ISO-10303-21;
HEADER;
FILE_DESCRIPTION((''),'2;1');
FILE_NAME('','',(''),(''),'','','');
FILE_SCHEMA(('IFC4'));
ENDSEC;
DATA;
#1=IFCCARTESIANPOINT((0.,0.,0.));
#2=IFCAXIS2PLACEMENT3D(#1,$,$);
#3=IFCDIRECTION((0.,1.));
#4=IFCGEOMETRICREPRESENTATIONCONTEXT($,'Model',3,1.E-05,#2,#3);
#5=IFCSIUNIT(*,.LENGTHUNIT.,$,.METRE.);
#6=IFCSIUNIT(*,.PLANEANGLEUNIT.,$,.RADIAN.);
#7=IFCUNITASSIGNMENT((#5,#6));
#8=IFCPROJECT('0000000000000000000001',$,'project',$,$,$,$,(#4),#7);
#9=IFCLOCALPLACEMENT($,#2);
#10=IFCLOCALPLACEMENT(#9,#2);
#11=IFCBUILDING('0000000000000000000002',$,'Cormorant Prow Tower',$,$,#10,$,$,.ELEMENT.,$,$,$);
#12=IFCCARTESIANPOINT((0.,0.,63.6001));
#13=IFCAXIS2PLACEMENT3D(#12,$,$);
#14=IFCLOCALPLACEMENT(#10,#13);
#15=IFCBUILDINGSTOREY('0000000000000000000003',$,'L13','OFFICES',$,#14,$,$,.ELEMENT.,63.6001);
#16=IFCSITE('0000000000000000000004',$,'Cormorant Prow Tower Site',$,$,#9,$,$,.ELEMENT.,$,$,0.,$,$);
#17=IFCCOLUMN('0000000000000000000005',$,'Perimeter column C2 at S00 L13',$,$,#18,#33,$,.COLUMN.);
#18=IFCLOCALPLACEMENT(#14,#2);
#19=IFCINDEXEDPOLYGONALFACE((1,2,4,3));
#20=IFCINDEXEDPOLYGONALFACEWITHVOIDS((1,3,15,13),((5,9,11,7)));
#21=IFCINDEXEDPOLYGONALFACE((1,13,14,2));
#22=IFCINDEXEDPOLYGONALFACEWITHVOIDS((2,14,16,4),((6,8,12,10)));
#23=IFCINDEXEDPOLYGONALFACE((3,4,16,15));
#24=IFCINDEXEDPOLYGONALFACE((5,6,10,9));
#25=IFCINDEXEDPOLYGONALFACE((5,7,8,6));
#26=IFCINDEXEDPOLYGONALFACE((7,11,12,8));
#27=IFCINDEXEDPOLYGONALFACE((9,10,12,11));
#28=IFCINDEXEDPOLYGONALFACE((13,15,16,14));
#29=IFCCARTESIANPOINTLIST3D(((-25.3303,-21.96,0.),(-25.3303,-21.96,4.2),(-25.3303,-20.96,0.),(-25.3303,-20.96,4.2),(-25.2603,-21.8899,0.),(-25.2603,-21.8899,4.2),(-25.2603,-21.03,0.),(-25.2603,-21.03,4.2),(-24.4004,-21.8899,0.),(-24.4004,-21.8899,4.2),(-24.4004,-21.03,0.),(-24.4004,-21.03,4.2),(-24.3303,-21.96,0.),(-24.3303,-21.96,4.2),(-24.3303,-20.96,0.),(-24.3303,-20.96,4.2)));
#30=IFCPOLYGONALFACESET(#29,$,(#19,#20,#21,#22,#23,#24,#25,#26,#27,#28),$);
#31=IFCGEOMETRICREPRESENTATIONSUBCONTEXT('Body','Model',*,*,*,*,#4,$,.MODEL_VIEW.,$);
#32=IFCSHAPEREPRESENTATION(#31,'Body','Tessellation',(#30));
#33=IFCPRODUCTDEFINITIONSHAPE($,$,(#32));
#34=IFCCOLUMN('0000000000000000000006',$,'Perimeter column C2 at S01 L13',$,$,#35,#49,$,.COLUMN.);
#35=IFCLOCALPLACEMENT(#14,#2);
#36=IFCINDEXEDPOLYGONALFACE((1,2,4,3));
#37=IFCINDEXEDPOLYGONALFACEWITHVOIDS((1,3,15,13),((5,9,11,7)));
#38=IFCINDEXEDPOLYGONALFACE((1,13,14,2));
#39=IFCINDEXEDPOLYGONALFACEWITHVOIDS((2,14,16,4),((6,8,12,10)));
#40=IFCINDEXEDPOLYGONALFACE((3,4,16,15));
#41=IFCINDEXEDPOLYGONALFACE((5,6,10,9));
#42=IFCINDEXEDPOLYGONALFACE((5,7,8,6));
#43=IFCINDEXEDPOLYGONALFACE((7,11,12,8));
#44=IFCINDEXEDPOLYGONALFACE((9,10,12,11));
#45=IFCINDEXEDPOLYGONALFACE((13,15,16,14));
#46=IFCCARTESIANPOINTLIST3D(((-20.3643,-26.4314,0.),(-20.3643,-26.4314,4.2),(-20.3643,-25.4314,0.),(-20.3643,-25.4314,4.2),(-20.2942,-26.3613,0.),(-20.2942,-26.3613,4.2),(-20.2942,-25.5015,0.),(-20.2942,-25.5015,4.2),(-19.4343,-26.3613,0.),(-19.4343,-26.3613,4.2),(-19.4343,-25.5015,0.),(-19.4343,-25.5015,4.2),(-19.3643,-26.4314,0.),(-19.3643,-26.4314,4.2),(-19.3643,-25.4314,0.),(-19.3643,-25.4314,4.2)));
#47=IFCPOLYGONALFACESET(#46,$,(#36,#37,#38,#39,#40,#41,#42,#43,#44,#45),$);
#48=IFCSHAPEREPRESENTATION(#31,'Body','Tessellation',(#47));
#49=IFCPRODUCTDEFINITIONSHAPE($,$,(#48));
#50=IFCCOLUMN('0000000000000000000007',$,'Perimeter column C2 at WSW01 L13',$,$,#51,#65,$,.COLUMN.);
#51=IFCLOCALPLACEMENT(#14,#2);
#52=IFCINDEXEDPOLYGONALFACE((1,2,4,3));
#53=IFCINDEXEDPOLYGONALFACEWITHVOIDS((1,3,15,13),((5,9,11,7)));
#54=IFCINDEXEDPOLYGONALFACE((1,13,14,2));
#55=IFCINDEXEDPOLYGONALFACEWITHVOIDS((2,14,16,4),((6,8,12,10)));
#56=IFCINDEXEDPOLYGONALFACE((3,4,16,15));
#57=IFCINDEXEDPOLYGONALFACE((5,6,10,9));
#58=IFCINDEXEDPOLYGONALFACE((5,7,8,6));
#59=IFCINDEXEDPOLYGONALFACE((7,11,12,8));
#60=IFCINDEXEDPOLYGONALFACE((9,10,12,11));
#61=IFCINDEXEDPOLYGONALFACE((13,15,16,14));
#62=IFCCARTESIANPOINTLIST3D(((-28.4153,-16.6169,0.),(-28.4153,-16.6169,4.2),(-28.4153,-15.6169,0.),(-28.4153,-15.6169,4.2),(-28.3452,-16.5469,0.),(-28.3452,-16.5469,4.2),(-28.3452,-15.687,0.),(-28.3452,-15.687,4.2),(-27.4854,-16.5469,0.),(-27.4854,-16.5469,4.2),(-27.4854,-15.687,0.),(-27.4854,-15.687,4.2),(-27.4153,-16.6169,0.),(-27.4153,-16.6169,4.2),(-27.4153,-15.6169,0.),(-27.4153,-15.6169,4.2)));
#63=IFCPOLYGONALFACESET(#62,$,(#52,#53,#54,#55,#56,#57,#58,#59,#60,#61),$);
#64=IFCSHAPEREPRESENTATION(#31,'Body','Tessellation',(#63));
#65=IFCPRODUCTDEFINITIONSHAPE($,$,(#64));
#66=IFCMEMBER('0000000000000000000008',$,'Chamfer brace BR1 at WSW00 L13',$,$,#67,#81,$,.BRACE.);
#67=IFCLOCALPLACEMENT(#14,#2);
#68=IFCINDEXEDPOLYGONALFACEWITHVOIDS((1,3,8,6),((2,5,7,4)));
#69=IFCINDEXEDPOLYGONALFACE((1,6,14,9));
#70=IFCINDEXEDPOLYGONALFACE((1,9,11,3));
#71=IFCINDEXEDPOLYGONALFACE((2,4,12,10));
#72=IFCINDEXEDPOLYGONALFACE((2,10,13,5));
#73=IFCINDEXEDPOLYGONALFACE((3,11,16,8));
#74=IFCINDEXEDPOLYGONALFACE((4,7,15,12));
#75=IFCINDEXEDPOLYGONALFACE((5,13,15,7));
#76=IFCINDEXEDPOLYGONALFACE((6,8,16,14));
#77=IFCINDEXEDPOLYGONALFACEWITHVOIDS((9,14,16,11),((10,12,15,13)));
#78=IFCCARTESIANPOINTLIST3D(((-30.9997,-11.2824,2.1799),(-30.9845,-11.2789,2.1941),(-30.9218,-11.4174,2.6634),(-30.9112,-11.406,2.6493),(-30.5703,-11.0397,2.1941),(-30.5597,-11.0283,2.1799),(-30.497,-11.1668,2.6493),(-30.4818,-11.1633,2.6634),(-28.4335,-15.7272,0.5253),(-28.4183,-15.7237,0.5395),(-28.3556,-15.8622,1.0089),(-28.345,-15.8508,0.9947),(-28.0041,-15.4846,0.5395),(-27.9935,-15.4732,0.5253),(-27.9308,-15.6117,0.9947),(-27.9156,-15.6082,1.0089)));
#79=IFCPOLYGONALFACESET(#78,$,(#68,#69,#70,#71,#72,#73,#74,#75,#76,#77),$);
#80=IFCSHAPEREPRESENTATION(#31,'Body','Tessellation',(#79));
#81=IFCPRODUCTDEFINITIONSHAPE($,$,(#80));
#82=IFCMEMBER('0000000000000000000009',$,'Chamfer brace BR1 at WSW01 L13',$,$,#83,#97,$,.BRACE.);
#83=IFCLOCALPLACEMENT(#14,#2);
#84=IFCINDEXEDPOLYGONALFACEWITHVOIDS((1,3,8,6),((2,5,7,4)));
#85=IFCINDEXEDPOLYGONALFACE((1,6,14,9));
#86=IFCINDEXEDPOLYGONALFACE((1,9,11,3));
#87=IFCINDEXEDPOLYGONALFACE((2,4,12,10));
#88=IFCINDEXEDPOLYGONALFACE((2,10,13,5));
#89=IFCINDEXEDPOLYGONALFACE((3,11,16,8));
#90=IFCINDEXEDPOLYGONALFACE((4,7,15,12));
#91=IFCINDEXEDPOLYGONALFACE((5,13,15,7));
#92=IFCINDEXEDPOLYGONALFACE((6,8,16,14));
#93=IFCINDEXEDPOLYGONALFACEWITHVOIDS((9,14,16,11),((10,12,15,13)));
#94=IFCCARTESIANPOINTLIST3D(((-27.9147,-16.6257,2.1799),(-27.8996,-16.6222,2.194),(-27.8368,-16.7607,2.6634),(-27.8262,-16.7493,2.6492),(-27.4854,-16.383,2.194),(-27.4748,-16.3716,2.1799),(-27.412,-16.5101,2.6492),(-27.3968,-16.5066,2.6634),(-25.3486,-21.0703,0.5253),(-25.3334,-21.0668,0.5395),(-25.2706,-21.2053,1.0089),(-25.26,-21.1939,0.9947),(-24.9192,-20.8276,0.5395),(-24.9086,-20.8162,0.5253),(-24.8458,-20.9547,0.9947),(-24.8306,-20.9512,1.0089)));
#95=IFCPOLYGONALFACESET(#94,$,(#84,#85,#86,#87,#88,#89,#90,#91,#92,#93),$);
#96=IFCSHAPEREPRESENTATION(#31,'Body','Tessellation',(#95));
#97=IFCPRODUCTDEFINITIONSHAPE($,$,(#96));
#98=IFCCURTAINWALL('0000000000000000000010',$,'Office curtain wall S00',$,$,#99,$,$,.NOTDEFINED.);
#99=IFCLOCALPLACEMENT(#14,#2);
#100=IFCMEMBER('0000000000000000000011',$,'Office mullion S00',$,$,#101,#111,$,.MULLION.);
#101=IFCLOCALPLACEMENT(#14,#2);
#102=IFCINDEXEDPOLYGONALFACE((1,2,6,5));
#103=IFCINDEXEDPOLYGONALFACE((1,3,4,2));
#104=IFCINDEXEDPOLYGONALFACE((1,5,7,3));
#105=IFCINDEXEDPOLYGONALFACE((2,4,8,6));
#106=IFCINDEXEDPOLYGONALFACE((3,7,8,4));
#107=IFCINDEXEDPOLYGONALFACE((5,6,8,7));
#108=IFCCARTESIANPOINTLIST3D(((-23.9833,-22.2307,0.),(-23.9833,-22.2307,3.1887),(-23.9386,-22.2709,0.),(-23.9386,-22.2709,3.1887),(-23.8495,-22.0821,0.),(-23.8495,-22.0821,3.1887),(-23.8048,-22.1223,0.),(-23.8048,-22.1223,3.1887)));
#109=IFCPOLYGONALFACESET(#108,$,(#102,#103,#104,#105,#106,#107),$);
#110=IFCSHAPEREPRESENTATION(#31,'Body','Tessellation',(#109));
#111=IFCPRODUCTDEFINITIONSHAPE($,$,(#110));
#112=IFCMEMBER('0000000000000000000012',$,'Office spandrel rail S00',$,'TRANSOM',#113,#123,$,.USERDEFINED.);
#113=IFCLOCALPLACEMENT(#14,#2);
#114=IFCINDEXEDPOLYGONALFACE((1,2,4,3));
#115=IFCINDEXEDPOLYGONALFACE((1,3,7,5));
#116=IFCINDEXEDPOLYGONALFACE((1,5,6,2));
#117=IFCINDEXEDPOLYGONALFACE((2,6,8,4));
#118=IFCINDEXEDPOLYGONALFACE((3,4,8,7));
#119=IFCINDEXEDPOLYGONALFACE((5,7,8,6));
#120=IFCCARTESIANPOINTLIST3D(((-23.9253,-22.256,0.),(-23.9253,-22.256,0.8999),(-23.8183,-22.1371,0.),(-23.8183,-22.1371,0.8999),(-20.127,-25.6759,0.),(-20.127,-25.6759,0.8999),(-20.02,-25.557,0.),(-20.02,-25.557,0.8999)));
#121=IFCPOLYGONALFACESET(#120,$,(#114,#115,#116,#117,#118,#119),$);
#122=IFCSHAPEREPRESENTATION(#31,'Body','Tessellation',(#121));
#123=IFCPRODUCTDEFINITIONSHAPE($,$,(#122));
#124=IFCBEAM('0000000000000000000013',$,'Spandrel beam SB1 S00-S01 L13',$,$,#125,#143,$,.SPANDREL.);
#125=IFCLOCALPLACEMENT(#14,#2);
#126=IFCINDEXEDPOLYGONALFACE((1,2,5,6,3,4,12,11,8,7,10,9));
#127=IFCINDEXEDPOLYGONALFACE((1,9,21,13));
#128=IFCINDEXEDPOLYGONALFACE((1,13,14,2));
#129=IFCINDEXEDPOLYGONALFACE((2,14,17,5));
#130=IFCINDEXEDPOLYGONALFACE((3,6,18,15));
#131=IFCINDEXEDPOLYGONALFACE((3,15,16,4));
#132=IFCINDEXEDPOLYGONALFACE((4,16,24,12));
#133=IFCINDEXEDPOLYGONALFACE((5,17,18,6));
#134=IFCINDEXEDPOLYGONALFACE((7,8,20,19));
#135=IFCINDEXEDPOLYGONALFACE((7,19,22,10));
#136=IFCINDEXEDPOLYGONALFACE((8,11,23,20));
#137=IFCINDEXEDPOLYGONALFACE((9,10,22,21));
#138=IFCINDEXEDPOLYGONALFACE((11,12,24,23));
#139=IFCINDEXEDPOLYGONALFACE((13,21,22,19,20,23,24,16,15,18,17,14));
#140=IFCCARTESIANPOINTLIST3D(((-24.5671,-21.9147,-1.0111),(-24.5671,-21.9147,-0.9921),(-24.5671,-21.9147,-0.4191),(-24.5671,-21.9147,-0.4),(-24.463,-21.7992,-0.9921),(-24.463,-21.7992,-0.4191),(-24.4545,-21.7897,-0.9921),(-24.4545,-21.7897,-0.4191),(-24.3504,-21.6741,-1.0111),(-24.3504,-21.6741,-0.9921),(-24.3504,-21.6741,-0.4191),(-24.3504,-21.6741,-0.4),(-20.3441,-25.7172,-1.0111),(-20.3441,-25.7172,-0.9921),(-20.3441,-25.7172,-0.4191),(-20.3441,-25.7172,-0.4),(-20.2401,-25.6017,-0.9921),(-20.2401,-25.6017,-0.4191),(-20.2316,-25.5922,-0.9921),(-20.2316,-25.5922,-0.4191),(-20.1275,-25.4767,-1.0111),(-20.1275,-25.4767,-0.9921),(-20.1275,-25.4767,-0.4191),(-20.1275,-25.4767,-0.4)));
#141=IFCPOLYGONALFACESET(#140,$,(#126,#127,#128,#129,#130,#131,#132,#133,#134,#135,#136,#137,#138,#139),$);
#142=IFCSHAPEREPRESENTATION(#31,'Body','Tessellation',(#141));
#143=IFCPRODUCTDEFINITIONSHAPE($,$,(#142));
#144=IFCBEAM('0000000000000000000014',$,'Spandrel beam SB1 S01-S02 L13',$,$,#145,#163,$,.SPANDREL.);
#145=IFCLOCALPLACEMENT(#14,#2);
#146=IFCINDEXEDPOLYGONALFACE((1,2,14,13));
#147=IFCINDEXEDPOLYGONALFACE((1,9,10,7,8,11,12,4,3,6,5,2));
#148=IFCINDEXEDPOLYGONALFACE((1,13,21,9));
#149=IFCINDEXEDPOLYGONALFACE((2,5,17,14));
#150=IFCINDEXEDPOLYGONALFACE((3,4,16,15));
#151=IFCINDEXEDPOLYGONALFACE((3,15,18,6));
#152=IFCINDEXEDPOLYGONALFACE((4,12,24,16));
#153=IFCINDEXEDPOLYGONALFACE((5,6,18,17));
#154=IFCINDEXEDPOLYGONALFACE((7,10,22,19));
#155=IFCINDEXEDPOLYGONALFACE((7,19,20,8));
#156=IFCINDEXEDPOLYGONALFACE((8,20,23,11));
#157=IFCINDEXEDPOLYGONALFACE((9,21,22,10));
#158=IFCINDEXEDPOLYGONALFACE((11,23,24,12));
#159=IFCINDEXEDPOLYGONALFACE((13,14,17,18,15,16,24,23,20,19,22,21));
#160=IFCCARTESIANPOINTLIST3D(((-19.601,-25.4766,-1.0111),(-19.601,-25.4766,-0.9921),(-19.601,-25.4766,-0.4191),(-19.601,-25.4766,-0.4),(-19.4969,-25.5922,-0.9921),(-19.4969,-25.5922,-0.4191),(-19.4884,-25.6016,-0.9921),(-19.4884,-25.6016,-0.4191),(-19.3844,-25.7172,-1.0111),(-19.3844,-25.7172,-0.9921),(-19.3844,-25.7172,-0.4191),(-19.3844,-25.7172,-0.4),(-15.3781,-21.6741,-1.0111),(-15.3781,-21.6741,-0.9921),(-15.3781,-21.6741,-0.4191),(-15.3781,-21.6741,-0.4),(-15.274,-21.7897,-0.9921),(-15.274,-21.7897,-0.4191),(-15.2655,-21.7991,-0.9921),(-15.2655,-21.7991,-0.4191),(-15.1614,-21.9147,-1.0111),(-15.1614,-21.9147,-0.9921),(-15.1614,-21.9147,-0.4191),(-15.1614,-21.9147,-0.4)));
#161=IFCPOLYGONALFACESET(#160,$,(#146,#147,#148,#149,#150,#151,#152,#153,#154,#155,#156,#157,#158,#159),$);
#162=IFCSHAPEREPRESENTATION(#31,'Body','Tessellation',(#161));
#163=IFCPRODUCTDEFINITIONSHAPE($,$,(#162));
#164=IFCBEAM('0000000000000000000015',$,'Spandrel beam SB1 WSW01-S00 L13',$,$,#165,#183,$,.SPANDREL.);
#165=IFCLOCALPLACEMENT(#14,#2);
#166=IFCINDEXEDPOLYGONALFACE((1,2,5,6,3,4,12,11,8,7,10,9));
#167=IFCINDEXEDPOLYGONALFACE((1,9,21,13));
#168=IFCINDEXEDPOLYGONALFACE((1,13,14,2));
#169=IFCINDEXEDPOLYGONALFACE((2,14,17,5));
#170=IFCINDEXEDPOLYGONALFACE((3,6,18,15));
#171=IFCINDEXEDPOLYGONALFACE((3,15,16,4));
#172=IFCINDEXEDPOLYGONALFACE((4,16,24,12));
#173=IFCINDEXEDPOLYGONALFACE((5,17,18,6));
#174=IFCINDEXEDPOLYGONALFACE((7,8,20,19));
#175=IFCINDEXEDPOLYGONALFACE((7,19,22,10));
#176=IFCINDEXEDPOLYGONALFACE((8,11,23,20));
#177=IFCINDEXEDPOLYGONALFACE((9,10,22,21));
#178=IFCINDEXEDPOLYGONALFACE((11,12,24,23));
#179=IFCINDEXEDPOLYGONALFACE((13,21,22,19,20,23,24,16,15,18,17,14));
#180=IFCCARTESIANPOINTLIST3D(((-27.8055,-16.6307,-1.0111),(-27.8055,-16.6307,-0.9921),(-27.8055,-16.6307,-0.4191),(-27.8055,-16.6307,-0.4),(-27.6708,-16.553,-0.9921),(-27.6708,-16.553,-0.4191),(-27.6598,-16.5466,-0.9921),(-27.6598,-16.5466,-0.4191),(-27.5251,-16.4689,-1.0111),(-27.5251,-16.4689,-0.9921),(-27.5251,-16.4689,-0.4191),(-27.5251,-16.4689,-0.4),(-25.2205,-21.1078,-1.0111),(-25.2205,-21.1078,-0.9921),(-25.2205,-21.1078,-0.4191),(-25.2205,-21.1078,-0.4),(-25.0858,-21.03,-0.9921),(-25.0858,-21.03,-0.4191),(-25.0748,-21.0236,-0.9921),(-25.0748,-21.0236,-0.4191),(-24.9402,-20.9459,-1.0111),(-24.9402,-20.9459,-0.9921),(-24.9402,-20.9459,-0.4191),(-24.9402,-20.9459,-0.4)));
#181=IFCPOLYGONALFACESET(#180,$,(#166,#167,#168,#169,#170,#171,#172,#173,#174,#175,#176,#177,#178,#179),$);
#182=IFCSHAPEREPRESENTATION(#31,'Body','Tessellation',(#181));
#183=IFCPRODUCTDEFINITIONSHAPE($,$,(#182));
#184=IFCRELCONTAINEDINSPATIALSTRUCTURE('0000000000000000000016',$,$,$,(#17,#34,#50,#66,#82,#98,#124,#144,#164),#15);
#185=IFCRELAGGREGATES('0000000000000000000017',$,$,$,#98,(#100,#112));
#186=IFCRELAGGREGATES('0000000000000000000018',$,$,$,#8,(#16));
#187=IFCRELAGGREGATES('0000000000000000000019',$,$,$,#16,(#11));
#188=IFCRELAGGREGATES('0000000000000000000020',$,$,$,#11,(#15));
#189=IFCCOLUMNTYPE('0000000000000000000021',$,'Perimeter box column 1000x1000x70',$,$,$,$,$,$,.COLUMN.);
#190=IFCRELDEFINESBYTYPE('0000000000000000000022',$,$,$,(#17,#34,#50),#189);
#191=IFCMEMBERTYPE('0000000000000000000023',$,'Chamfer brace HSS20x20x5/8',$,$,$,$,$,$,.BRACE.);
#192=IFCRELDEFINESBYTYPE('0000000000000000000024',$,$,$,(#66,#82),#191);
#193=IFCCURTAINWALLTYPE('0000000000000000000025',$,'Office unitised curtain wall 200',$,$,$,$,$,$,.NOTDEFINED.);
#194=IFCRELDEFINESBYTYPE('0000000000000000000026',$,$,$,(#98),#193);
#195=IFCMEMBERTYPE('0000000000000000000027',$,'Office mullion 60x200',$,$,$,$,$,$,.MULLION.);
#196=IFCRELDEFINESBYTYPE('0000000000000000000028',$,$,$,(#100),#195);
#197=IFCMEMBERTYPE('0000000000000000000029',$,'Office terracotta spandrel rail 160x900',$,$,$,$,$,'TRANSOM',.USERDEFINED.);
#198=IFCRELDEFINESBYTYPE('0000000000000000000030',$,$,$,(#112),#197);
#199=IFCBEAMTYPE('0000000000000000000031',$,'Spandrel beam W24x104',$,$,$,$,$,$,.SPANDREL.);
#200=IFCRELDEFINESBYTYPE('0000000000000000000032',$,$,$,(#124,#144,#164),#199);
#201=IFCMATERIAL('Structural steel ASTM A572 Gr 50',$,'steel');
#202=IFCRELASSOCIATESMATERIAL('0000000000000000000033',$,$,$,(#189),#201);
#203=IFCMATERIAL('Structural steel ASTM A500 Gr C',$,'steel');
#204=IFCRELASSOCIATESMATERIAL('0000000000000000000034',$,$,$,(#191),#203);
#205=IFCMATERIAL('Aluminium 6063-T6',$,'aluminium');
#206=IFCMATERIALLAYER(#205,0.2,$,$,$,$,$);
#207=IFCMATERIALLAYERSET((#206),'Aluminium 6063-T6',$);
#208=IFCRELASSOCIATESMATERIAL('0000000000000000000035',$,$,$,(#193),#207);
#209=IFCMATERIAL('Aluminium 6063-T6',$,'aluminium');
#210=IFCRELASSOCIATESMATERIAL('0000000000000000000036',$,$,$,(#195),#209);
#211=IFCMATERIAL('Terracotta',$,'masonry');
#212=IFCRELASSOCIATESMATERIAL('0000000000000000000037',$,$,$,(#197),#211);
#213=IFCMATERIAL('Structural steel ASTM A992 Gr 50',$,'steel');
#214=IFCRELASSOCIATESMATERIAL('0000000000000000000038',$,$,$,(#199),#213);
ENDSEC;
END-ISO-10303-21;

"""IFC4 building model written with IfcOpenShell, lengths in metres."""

from ifc_helpers import new_model, si_unit, direction, frame, origin, origin_2d, place, context, subcontext, project, spatial, rectangle, hollow_rectangle, i_section, extrude, material, layer, layer_set, material_profile, profile_set, type_object, element, aggregate, save


model = new_model("IFC4")

# Units and contexts
model_context = context("Model", 3, precision=1e-05, world=origin(), true_north=direction((0.0, 1.0)))
body_context = subcontext(model_context, "Body", "Model", "MODEL_VIEW")
ifc_project = project(units=[si_unit("LENGTHUNIT", "METRE"), si_unit("PLANEANGLEUNIT", "RADIAN")], contexts=[model_context])

# Site, building, storey
site_placement = place(None, origin())
site = spatial("IfcSite", under=ifc_project, at=site_placement, Name="Cormorant Prow Tower Site", CompositionType="ELEMENT", RefElevation=0.0)
building_placement = place(site_placement, origin())
building = spatial("IfcBuilding", under=site, at=building_placement, Name="Cormorant Prow Tower", CompositionType="ELEMENT")
storey_placement = place(building_placement, frame((0.0, 0.0, 63.6001)))
storey = spatial("IfcBuildingStorey", under=building, at=storey_placement, Name="L13", Description="OFFICES", CompositionType="ELEMENT", Elevation=63.6001)

# Columns
ifc_material_1 = material(Name="Structural steel ASTM A572 Gr 50", Category="steel")
ifc_material_profile_1 = material_profile(ifc_material_1, hollow_rectangle(XDim=1.0, YDim=1.0, WallThickness=0.0701, at=origin_2d()), Name="Box 1000x1000x70")
ifc_profile_set_1 = profile_set([ifc_material_profile_1], Name="Structural steel ASTM A572 Gr 50")
column_type = type_object("IfcColumnType", Name="Perimeter box column 1000x1000x70", PredefinedType="COLUMN", material=ifc_profile_set_1)
for number, where, z_axis, x_axis, name in (
    (1, (-24.8303, -21.46, 0.0), (0.0, 0.0, 1.0), (1.0, 0.0, 0.0), "Perimeter column C2 at S00 L13"),
    (2, (-19.8643, -25.9314, 0.0), (0.0, 0.0, 1.0), (1.0, 0.0, 0.0), "Perimeter column C2 at S01 L13"),
    (3, (-27.9153, -16.1169, 0.0), (0.0, 0.0, 1.0), (1.0, 0.0, 0.0), "Perimeter column C2 at WSW01 L13"),
):
    element("IfcColumn", number, at=place(storey_placement, frame(where, z_axis=z_axis, x_axis=x_axis)), inside=storey, type_object=column_type, Name=name, PredefinedType="COLUMN", context=body_context, shape_type="SweptSolid", body=[
        extrude(hollow_rectangle(XDim=1.0, YDim=1.0, WallThickness=0.0701, at=origin_2d()), origin(), (0.0, 0.0, 1.0), 4.2),
    ])

# Members
ifc_material_2 = material(Name="Structural steel ASTM A500 Gr C", Category="steel")
ifc_material_profile_2 = material_profile(ifc_material_2, hollow_rectangle(XDim=0.5081, YDim=0.5081, WallThickness=0.0149, at=origin_2d()), Name="HSS20x20x5/8")
ifc_profile_set_2 = profile_set([ifc_material_profile_2], Name="Structural steel ASTM A500 Gr C")
member_type_1 = type_object("IfcMemberType", Name="Chamfer brace HSS20x20x5/8", PredefinedType="BRACE", material=ifc_profile_set_2)
member_1_placement = place(storey_placement, frame((-28.1746, -15.6677, 0.7671), z_axis=(-0.475875, 0.824259, 0.306822), x_axis=(-0.86603, -0.499991, 0.0)))
element("IfcMember", 4, at=member_1_placement, inside=storey, type_object=member_type_1, Name="Chamfer brace BR1 at WSW00 L13", PredefinedType="BRACE", context=body_context, shape_type="SweptSolid", body=[
    extrude(hollow_rectangle(XDim=0.5081, YDim=0.5081, WallThickness=0.0149, at=origin_2d()), origin(), (0.0, 0.0, 1.0), 5.3926),
])
member_2_placement = place(storey_placement, frame((-25.0896, -21.0107, 0.7671), z_axis=(-0.475893, 0.824244, 0.306834), x_axis=(-0.866018, -0.500012, 0.0)))
element("IfcMember", 5, at=member_2_placement, inside=storey, type_object=member_type_1, Name="Chamfer brace BR1 at WSW01 L13", PredefinedType="BRACE", context=body_context, shape_type="SweptSolid", body=[
    extrude(hollow_rectangle(XDim=0.5081, YDim=0.5081, WallThickness=0.0149, at=origin_2d()), origin(), (0.0, 0.0, 1.0), 5.3923),
])

# Curtain wall, members
ifc_material_3 = material(Name="Aluminium 6063-T6", Category="aluminium")
ifc_layer_1 = layer(ifc_material_3, 0.2)
ifc_layer_set_1 = layer_set([ifc_layer_1], Name="Aluminium 6063-T6")
curtain_wall_type = type_object("IfcCurtainWallType", Name="Office unitised curtain wall 200", PredefinedType="NOTDEFINED", material=ifc_layer_set_1)
curtain_wall_placement = place(storey_placement, origin())
curtain_wall = element("IfcCurtainWall", 6, at=curtain_wall_placement, inside=storey, type_object=curtain_wall_type, Name="Office curtain wall S00", PredefinedType="NOTDEFINED")
ifc_material_4 = material(Name="Aluminium 6063-T6", Category="aluminium")
ifc_material_profile_3 = material_profile(ifc_material_4, rectangle(XDim=0.2, YDim=0.0601, at=origin_2d()), Name="Office mullion 60x200")
ifc_profile_set_3 = profile_set([ifc_material_profile_3], Name="Aluminium 6063-T6")
member_type_2 = type_object("IfcMemberType", Name="Office mullion 60x200", PredefinedType="MULLION", material=ifc_profile_set_3)
member_3_placement = place(storey_placement, frame((-23.894, -22.1765, 0.0), z_axis=(0.0, 0.0, 1.0), x_axis=(0.669131, 0.743145, 0.0)))
member_3 = element("IfcMember", 7, at=member_3_placement, type_object=member_type_2, Name="Office mullion S00", PredefinedType="MULLION", context=body_context, shape_type="SweptSolid", body=[
    extrude(rectangle(XDim=0.2, YDim=0.0601, at=origin_2d()), origin(), (0.0, 0.0, 1.0), 3.1887),
])
ifc_material_5 = material(Name="Terracotta", Category="masonry")
ifc_material_profile_4 = material_profile(ifc_material_5, rectangle(XDim=0.1599, YDim=0.8999, at=origin_2d()), Name="Office terracotta spandrel rail 160x900")
ifc_profile_set_4 = profile_set([ifc_material_profile_4], Name="Terracotta")
member_type_3 = type_object("IfcMemberType", Name="Office terracotta spandrel rail 160x900", ElementType="TRANSOM", PredefinedType="USERDEFINED", material=ifc_profile_set_4)
member_4_placement = place(storey_placement, frame((-23.8718, -22.1965, 0.45), z_axis=(0.743156, -0.669118, 0.0), x_axis=(0.669118, 0.743156, 0.0)))
member_4 = element("IfcMember", 8, at=member_4_placement, type_object=member_type_3, Name="Office spandrel rail S00", ObjectType="TRANSOM", PredefinedType="USERDEFINED", context=body_context, shape_type="SweptSolid", body=[
    extrude(rectangle(XDim=0.1599, YDim=0.8999, at=origin_2d()), origin(), (0.0, 0.0, 1.0), 5.1111),
])

# Beams
ifc_material_6 = material(Name="Structural steel ASTM A992 Gr 50", Category="steel")
ifc_material_profile_5 = material_profile(ifc_material_6, i_section(OverallWidth=0.3237, OverallDepth=0.6111, WebThickness=0.0127, FlangeThickness=0.019, at=origin_2d()), Name="W24x104")
ifc_profile_set_5 = profile_set([ifc_material_profile_5], Name="Structural steel ASTM A992 Gr 50")
beam_type = type_object("IfcBeamType", Name="Spandrel beam W24x104", PredefinedType="SPANDREL", material=ifc_profile_set_5)
for number, where, z_axis, x_axis, name in (
    (9, (-24.4587, -21.7944, -0.7056), (0.74313, -0.669147, 0.0), (0.669147, 0.74313, 0.0), "Spandrel beam SB1 S00-S01 L13"),
    (10, (-19.4927, -25.5969, -0.7056), (0.74313, 0.669147, 0.0), (-0.669147, 0.74313, 0.0), "Spandrel beam SB1 S01-S02 L13"),
):
    element("IfcBeam", number, at=place(storey_placement, frame(where, z_axis=z_axis, x_axis=x_axis)), inside=storey, type_object=beam_type, Name=name, PredefinedType="SPANDREL", context=body_context, shape_type="SweptSolid", body=[
        extrude(i_section(OverallWidth=0.3237, OverallDepth=0.6111, WebThickness=0.0127, FlangeThickness=0.019, at=origin_2d()), origin(), (0.0, 0.0, 1.0), 5.6826),
    ])
beam_placement = place(storey_placement, frame((-27.6653, -16.5498, -0.7056), z_axis=(0.50002, -0.866014, 0.0), x_axis=(0.866014, 0.50002, 0.0)))
element("IfcBeam", 11, at=beam_placement, inside=storey, type_object=beam_type, Name="Spandrel beam SB1 WSW01-S00 L13", PredefinedType="SPANDREL", context=body_context, shape_type="SweptSolid", body=[
    extrude(i_section(OverallWidth=0.3237, OverallDepth=0.6111, WebThickness=0.0127, FlangeThickness=0.019, at=origin_2d()), origin(), (0.0, 0.0, 1.0), 5.1697),
])

aggregate(curtain_wall, [member_3, member_4])

save(model, "model.ifc")
